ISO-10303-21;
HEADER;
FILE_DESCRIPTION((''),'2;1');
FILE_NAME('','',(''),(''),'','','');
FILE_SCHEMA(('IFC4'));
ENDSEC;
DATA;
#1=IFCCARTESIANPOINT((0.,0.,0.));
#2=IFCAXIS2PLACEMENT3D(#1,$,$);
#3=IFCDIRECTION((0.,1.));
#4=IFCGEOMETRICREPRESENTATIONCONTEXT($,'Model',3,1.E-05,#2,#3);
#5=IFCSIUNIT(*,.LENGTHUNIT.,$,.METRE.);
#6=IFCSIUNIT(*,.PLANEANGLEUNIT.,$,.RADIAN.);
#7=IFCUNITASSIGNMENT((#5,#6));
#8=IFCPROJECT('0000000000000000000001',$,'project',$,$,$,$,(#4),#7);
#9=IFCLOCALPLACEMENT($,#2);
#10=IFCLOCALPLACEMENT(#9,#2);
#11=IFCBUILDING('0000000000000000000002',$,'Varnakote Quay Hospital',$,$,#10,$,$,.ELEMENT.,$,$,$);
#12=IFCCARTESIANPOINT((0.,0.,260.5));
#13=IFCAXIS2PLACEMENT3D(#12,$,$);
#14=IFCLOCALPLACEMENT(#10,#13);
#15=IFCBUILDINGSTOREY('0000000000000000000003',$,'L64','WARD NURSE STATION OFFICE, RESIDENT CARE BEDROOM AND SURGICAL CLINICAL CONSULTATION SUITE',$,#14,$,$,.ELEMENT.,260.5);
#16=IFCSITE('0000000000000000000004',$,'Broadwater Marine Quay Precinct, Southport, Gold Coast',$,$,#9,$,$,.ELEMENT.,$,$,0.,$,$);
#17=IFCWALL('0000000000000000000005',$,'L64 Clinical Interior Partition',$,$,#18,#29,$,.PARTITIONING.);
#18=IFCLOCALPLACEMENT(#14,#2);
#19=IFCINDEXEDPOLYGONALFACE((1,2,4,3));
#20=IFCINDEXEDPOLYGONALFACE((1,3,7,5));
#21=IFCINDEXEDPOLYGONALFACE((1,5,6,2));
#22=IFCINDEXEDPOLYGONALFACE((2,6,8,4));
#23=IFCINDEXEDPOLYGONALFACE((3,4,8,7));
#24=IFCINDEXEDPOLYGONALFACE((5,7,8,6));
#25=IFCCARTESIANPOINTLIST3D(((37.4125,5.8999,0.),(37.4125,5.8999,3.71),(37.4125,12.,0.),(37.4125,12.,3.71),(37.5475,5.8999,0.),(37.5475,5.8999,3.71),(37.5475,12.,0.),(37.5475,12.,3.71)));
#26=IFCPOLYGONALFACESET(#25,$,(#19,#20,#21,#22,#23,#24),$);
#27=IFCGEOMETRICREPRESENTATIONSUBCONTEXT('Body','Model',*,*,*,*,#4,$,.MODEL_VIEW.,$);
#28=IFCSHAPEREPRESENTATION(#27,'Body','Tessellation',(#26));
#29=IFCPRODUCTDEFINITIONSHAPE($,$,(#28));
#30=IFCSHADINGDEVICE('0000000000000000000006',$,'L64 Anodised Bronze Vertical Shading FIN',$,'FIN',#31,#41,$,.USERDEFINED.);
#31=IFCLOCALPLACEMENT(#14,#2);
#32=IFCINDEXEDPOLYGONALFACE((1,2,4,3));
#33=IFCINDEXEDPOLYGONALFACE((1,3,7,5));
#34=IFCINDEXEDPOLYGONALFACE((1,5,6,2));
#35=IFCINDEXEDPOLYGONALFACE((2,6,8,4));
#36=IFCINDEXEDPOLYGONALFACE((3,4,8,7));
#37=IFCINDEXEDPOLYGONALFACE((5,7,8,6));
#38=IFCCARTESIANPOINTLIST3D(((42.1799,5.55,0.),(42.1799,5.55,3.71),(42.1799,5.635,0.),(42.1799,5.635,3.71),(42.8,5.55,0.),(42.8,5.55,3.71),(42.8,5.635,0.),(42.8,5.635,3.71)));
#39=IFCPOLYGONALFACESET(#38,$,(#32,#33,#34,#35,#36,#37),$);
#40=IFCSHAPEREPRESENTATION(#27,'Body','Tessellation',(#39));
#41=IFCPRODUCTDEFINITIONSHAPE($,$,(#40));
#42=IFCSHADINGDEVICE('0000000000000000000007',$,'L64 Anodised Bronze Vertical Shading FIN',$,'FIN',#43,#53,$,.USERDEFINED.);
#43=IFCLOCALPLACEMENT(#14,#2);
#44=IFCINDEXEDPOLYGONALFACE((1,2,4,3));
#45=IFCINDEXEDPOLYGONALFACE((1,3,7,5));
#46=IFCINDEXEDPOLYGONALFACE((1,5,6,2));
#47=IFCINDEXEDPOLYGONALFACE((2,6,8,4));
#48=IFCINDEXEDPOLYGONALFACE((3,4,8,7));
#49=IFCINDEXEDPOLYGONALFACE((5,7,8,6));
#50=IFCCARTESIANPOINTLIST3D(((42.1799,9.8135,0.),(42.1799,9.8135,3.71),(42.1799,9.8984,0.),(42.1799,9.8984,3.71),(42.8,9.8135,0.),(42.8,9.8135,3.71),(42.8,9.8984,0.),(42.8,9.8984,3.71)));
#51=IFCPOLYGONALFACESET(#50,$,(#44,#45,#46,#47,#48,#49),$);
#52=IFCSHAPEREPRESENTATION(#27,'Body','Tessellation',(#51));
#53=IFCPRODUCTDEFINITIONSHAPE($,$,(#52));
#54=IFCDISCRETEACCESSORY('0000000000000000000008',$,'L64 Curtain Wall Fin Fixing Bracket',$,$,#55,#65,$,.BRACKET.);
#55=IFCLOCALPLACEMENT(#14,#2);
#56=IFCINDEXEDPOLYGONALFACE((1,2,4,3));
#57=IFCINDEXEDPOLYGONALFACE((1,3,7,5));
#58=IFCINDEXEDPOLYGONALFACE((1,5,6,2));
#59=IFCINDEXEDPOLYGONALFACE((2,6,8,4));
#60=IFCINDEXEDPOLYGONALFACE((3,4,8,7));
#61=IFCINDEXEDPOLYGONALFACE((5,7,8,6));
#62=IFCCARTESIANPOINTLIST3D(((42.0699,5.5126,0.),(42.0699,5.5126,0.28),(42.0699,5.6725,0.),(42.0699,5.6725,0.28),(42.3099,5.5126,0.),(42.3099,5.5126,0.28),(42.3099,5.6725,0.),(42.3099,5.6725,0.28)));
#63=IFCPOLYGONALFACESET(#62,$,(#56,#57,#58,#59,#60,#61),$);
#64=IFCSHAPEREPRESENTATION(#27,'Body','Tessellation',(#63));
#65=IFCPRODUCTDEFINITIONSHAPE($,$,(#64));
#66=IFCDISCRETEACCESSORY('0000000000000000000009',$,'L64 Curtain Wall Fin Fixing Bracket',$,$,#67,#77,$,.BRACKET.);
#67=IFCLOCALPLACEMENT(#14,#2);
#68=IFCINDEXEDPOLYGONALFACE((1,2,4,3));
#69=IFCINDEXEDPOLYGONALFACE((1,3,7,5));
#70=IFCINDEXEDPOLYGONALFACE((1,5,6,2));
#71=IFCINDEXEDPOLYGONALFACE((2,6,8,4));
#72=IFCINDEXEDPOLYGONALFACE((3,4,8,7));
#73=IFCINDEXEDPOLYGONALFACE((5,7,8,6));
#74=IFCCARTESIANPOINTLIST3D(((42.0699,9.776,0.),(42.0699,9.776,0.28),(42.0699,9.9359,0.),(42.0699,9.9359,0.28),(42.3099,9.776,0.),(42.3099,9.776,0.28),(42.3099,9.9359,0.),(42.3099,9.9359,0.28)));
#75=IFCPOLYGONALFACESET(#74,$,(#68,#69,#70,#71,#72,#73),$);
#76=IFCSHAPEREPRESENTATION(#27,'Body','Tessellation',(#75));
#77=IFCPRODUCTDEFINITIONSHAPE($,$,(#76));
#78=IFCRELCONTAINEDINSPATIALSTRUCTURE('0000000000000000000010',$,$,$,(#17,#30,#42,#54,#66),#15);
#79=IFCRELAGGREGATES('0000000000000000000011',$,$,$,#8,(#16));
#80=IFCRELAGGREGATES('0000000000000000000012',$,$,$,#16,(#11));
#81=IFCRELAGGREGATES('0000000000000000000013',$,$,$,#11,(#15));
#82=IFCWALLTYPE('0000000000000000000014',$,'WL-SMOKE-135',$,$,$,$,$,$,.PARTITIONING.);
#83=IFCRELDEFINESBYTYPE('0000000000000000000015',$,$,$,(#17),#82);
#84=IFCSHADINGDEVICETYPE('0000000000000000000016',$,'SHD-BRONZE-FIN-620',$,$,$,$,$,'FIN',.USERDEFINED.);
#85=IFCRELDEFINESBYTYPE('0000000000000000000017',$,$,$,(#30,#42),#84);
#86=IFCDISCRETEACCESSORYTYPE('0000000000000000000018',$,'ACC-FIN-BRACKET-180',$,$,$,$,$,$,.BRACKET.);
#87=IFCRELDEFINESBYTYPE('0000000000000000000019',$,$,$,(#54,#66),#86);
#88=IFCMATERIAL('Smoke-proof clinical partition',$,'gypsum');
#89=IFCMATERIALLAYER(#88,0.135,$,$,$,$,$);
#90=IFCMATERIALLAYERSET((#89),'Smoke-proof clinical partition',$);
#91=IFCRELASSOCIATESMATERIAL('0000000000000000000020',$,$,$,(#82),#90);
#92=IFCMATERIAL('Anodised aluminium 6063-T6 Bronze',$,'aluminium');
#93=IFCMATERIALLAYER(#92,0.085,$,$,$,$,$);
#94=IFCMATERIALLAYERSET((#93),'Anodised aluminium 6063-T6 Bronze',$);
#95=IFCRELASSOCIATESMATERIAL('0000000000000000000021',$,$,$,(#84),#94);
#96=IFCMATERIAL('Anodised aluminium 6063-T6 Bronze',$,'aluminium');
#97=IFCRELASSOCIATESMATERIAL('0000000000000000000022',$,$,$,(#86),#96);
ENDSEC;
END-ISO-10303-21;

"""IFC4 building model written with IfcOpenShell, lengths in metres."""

from ifc_helpers import new_model, si_unit, direction, frame, frame_2d, origin, origin_2d, place, context, subcontext, project, spatial, rectangle, extrude, material, layer, layer_set, type_object, element, save


model = new_model("IFC4")

# Units and contexts
model_context = context("Model", 3, precision=1e-05, world=origin(), true_north=direction((0.0, 1.0)))
body_context = subcontext(model_context, "Body", "Model", "MODEL_VIEW")
ifc_project = project(units=[si_unit("LENGTHUNIT", "METRE"), si_unit("PLANEANGLEUNIT", "RADIAN")], contexts=[model_context])

# Site, building, storey
site_placement = place(None, origin())
site = spatial("IfcSite", under=ifc_project, at=site_placement, Name="Broadwater Marine Quay Precinct, Southport, Gold Coast", CompositionType="ELEMENT", RefElevation=0.0)
building_placement = place(site_placement, origin())
building = spatial("IfcBuilding", under=site, at=building_placement, Name="Varnakote Quay Hospital", CompositionType="ELEMENT")
storey_placement = place(building_placement, frame((0.0, 0.0, 260.5)))
storey = spatial("IfcBuildingStorey", under=building, at=storey_placement, Name="L64", Description="WARD NURSE STATION OFFICE, RESIDENT CARE BEDROOM AND SURGICAL CLINICAL CONSULTATION SUITE", CompositionType="ELEMENT", Elevation=260.5)

# Wall
ifc_material_1 = material(Name="Smoke-proof clinical partition", Category="gypsum")
ifc_layer_1 = layer(ifc_material_1, 0.135)
ifc_layer_set_1 = layer_set([ifc_layer_1], Name="Smoke-proof clinical partition")
wall_type_1 = type_object("IfcWallType", Name="WL-SMOKE-135", PredefinedType="PARTITIONING", material=ifc_layer_set_1)
wall_1_placement = place(storey_placement, frame((37.48, 5.8999, 0.0), z_axis=(0.0, 0.0, 1.0), x_axis=(0.0, 1.0, 0.0)))
element("IfcWall", 1, at=wall_1_placement, inside=storey, type_object=wall_type_1, Name="L64 Clinical Interior Partition", PredefinedType="PARTITIONING", context=body_context, shape_type="SweptSolid", body=[
    extrude(rectangle(XDim=6.1001, YDim=0.135, at=frame_2d((3.05, 0.0))), origin(), (0.0, 0.0, 1.0), 3.71),
])

# Shading devices
ifc_material_2 = material(Name="Anodised aluminium 6063-T6 Bronze", Category="aluminium")
ifc_layer_2 = layer(ifc_material_2, 0.085)
ifc_layer_set_2 = layer_set([ifc_layer_2], Name="Anodised aluminium 6063-T6 Bronze")
shading_device_type = type_object("IfcShadingDeviceType", Name="SHD-BRONZE-FIN-620", ElementType="FIN", PredefinedType="USERDEFINED", material=ifc_layer_set_2)
for number, where, z_axis, x_axis, name in (
    (2, (42.49, 5.5925, 0.0), (0.0, 0.0, 1.0), (-1.0, 0.0, 0.0), "L64 Anodised Bronze Vertical Shading FIN"),
    (3, (42.49, 9.856, 0.0), (0.0, 0.0, 1.0), (-1.0, 0.0, 0.0), "L64 Anodised Bronze Vertical Shading FIN"),
):
    element("IfcShadingDevice", number, at=place(storey_placement, frame(where, z_axis=z_axis, x_axis=x_axis)), inside=storey, type_object=shading_device_type, Name=name, ObjectType="FIN", PredefinedType="USERDEFINED", context=body_context, shape_type="SweptSolid", body=[
        extrude(rectangle(XDim=0.6201, YDim=0.085, at=origin_2d()), origin(), (0.0, 0.0, 1.0), 3.71),
    ])

# Discrete accessories
ifc_material_3 = material(Name="Anodised aluminium 6063-T6 Bronze", Category="aluminium")
discrete_accessory_type = type_object("IfcDiscreteAccessoryType", Name="ACC-FIN-BRACKET-180", PredefinedType="BRACKET", material=ifc_material_3)
for number, where, z_axis, x_axis, name in (
    (4, (42.1899, 5.5925, 0.0), (0.0, 0.0, 1.0), (0.0, 1.0, 0.0), "L64 Curtain Wall Fin Fixing Bracket"),
    (5, (42.1899, 9.856, 0.0), (0.0, 0.0, 1.0), (0.0, 1.0, 0.0), "L64 Curtain Wall Fin Fixing Bracket"),
):
    element("IfcDiscreteAccessory", number, at=place(storey_placement, frame(where, z_axis=z_axis, x_axis=x_axis)), inside=storey, type_object=discrete_accessory_type, Name=name, PredefinedType="BRACKET", context=body_context, shape_type="SweptSolid", body=[
        extrude(rectangle(XDim=0.1599, YDim=0.24, at=origin_2d()), origin(), (0.0, 0.0, 1.0), 0.28),
    ])

save(model, "model.ifc")
